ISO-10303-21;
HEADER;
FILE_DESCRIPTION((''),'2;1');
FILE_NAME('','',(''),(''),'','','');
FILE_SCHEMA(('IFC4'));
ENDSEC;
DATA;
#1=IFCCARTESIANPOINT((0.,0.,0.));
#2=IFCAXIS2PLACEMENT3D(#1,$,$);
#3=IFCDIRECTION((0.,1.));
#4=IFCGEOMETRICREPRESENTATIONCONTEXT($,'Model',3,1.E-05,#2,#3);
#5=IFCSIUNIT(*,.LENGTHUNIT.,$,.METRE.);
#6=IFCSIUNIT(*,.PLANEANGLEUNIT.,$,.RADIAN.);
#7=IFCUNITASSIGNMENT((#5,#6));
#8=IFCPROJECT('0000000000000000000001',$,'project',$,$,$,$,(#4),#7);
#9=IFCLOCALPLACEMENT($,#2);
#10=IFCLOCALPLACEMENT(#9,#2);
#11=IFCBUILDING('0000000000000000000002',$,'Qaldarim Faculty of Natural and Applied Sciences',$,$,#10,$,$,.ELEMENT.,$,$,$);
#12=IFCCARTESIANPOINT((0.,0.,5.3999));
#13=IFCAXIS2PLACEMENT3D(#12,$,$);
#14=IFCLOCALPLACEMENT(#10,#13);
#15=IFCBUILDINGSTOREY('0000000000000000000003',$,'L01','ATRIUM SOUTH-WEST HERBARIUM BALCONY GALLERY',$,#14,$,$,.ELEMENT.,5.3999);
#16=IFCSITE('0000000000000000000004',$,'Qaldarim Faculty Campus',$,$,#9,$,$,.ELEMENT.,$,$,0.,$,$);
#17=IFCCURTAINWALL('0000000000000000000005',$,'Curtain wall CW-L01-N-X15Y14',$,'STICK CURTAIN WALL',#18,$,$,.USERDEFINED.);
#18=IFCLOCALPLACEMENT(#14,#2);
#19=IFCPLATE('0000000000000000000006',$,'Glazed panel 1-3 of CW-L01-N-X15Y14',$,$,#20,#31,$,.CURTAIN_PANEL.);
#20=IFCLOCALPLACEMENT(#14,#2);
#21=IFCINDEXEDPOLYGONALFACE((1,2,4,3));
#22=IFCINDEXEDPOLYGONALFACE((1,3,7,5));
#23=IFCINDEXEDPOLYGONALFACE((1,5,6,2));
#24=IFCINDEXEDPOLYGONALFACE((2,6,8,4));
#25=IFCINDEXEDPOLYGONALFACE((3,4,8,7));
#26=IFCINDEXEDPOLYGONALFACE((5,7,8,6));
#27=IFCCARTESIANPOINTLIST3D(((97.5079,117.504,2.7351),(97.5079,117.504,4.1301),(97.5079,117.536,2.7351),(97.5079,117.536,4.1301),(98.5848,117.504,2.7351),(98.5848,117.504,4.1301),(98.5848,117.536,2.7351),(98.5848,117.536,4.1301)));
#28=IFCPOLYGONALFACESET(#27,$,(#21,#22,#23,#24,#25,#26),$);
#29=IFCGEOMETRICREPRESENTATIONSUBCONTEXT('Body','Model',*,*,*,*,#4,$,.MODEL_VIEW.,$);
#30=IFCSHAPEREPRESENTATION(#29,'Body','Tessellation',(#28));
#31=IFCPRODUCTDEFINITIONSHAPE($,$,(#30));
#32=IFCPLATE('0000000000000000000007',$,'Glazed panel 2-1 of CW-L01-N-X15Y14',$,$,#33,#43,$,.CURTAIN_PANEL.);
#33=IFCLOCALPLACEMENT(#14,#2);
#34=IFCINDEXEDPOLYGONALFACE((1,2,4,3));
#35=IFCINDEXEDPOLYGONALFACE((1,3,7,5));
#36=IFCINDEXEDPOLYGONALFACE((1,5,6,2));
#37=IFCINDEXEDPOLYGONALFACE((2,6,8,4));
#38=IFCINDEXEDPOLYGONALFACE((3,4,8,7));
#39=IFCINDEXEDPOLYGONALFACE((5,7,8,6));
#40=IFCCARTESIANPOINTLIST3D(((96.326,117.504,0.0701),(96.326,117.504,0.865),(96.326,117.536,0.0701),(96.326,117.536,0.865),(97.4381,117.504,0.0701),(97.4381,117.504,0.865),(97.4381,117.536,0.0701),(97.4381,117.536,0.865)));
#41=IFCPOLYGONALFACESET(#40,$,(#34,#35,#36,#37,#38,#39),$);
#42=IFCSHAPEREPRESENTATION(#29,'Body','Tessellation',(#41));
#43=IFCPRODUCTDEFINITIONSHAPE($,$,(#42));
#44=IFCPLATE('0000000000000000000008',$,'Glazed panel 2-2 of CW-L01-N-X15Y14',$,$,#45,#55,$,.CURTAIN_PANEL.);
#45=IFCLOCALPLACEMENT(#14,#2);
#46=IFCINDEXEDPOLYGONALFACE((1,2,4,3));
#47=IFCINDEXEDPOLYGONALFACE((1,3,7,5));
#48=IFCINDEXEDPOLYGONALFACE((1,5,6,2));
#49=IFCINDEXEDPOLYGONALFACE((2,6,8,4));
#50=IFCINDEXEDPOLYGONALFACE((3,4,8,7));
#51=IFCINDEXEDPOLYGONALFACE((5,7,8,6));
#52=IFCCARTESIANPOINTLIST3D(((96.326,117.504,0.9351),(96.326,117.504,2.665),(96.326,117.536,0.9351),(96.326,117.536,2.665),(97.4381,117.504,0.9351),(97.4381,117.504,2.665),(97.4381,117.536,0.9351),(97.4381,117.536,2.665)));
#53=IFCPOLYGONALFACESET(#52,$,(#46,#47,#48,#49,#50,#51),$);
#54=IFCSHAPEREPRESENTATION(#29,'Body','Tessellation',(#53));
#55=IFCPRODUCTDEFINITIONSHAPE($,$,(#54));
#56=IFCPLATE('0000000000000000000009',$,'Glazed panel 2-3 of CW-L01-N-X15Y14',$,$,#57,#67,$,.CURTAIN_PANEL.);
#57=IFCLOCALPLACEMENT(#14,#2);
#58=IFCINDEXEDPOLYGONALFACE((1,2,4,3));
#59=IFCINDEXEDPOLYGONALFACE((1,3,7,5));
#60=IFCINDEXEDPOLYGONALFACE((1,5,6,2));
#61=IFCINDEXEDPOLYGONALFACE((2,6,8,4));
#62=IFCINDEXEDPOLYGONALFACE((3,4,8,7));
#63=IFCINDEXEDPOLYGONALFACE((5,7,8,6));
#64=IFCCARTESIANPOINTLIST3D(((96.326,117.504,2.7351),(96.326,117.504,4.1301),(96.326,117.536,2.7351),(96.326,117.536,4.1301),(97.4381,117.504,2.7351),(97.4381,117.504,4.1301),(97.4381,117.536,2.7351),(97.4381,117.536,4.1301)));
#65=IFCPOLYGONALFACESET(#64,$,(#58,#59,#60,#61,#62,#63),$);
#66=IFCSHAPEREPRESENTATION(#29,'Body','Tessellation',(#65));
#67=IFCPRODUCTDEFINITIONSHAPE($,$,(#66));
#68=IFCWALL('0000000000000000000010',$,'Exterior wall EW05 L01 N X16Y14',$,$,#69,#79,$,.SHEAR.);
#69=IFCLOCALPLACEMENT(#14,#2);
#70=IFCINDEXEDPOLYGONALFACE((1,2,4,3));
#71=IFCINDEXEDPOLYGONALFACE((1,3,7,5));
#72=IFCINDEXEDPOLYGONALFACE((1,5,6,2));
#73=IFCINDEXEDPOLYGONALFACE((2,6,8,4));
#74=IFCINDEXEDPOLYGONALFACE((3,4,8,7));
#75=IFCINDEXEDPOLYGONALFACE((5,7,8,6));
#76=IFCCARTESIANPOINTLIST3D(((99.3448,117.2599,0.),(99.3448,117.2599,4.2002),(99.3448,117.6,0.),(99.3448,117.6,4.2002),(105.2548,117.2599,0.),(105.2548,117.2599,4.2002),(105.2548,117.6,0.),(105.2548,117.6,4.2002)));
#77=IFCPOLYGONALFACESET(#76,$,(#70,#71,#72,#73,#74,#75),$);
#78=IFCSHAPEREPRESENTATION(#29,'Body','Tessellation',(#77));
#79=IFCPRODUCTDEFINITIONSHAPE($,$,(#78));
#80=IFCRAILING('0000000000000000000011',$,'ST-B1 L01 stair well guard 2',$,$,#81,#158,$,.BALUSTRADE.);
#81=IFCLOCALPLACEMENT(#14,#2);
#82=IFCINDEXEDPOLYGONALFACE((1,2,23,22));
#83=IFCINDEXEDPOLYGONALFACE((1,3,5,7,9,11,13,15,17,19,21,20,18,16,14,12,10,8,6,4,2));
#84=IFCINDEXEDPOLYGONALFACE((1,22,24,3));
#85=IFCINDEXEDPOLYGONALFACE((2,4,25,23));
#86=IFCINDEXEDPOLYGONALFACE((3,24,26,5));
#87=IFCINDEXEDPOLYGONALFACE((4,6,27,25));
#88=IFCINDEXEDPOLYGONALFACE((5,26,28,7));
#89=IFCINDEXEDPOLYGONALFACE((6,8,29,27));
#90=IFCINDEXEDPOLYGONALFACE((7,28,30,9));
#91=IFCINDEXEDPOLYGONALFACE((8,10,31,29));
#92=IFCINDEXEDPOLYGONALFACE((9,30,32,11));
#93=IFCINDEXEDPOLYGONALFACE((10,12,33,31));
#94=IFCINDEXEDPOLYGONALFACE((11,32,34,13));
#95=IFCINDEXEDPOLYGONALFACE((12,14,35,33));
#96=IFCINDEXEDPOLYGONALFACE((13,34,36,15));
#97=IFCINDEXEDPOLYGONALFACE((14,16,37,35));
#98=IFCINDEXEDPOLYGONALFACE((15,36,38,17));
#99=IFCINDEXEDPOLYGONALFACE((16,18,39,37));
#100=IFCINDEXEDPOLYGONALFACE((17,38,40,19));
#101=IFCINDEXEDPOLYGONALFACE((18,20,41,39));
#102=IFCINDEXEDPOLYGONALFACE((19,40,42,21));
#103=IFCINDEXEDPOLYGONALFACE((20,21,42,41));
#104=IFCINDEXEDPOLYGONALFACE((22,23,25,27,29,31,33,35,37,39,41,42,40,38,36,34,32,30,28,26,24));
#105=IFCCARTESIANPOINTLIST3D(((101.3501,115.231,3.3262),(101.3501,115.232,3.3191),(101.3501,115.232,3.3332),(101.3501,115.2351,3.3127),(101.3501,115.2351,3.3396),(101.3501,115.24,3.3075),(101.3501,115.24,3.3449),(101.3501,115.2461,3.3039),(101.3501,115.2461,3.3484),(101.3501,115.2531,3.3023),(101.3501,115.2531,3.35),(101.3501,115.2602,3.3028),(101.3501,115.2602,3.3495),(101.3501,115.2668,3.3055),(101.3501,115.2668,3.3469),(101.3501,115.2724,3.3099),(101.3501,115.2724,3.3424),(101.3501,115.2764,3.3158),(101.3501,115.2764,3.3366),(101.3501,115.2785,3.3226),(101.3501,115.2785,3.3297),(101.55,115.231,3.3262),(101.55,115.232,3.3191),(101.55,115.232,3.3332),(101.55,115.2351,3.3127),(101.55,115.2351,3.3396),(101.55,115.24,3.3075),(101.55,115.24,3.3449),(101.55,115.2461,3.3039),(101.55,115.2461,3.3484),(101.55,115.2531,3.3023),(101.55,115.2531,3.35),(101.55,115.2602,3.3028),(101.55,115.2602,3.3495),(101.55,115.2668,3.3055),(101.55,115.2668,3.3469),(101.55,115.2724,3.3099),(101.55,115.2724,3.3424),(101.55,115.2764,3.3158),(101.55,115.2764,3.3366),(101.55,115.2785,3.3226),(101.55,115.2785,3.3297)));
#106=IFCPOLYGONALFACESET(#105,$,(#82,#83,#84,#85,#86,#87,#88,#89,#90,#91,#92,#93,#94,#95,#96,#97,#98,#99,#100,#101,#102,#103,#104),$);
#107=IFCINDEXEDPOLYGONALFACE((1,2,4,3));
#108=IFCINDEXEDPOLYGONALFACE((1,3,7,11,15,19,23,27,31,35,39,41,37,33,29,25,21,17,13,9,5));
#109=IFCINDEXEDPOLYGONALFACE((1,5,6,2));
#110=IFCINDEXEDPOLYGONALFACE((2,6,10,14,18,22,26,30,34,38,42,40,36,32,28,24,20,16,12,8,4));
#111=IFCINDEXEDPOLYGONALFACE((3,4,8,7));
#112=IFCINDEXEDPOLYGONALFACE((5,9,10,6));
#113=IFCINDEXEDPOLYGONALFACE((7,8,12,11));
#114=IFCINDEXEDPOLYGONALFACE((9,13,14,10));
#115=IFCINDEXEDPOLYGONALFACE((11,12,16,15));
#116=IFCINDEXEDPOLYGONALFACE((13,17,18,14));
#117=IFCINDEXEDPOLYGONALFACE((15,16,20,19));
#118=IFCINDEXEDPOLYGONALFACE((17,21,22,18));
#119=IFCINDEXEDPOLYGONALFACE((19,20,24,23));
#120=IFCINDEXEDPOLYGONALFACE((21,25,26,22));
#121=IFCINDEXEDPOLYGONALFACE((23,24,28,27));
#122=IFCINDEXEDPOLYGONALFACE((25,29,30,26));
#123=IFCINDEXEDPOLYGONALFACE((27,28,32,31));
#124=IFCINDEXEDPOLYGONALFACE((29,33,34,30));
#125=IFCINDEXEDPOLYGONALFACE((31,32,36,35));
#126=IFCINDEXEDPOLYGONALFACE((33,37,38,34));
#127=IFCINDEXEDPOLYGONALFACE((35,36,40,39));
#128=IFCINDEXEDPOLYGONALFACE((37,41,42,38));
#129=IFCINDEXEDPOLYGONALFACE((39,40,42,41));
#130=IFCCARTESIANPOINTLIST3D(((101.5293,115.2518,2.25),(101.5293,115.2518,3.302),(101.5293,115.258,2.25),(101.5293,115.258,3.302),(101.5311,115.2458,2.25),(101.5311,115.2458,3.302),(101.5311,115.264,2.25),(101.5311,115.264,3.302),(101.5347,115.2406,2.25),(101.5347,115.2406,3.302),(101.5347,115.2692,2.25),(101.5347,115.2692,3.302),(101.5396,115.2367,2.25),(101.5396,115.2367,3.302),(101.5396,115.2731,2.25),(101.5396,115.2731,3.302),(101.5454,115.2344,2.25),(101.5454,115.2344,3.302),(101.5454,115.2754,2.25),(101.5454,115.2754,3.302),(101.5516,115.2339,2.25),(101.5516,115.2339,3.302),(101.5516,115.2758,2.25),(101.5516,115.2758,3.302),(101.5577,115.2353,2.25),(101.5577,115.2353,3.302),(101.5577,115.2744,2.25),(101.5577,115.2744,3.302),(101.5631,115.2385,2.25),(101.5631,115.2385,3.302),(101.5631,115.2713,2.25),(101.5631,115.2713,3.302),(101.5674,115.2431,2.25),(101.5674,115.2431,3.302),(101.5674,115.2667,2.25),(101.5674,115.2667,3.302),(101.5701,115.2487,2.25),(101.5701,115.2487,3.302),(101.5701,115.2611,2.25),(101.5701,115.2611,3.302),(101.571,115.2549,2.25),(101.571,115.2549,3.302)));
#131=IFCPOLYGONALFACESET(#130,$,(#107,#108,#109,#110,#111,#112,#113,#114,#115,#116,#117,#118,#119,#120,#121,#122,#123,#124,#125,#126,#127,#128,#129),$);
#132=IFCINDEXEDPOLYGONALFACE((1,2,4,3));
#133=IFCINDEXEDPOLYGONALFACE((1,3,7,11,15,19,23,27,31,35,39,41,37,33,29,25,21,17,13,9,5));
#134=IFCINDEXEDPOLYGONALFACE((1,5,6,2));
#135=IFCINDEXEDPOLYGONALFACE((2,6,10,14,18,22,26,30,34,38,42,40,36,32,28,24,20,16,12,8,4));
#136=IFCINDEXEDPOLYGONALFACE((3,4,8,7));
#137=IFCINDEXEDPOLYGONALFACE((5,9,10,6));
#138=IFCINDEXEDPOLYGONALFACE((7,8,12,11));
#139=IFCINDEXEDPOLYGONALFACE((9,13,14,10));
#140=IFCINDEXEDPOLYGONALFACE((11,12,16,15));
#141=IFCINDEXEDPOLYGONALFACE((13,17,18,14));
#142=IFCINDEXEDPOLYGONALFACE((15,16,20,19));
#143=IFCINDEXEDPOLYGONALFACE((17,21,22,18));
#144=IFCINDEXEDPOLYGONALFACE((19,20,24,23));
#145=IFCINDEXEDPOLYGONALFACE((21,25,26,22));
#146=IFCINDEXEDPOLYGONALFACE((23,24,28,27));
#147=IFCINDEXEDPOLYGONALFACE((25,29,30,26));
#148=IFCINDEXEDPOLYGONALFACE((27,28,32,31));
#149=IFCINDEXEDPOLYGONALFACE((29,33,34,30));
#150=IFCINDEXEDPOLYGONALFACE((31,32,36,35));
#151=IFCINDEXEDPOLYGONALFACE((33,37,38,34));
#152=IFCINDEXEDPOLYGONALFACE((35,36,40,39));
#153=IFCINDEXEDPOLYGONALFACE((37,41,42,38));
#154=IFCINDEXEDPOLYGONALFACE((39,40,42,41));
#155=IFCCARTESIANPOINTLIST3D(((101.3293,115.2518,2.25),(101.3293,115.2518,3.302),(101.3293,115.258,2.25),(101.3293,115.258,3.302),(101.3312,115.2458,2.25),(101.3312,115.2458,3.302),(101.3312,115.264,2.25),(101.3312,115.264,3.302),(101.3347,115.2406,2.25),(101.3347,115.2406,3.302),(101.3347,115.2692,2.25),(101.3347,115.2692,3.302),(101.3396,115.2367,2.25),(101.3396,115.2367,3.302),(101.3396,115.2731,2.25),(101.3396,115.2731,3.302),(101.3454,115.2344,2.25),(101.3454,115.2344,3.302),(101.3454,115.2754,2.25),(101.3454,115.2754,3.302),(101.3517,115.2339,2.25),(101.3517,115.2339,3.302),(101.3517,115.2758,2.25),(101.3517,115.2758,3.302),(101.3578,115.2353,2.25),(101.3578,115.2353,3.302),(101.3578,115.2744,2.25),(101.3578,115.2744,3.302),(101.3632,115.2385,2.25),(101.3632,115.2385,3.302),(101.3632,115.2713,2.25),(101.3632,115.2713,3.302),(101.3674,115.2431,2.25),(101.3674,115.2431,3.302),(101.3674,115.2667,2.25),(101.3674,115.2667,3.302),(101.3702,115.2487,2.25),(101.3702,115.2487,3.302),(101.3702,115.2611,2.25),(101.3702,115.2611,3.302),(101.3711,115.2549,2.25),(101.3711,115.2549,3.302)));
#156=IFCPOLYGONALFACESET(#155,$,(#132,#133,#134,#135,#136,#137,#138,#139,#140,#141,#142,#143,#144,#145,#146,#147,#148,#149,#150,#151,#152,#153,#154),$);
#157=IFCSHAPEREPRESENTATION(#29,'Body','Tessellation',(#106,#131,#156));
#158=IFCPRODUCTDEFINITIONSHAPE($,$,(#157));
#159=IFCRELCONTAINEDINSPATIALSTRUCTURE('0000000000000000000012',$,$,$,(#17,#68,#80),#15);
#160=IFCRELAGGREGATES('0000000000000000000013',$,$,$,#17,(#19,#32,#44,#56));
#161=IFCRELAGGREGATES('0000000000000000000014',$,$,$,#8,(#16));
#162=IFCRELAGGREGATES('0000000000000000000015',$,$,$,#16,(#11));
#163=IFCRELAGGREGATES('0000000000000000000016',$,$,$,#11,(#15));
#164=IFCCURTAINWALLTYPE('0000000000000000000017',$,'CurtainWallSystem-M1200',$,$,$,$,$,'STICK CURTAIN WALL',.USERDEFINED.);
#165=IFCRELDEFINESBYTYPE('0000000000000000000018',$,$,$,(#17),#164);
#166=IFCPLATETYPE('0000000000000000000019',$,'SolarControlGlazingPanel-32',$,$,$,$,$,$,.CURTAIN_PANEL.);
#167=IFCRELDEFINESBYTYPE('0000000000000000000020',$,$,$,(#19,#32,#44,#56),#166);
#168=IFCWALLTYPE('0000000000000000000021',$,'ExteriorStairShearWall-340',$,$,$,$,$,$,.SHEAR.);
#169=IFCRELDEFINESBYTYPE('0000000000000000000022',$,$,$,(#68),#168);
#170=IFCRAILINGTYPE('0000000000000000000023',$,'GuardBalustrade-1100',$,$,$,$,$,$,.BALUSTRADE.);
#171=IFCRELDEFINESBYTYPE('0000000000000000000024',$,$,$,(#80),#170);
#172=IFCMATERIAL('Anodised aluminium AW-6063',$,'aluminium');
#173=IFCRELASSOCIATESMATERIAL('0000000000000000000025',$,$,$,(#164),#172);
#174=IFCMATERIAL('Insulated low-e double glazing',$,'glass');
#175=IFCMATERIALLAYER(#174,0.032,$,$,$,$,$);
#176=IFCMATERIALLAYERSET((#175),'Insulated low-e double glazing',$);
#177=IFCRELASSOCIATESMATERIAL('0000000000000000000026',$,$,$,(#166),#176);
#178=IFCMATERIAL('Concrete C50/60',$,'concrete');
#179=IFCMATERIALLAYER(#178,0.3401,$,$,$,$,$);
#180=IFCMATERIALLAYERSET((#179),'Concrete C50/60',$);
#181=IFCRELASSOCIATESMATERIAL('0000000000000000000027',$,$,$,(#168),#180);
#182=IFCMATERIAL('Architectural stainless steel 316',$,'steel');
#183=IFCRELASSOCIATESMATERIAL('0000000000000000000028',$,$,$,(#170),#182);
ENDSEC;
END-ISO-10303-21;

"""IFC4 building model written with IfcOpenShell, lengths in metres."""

from ifc_helpers import new_model, si_unit, direction, frame, frame_2d, origin, origin_2d, place, context, subcontext, project, spatial, rectangle, circle, extrude, material, layer, layer_set, type_object, element, aggregate, save


model = new_model("IFC4")

# Units and contexts
model_context = context("Model", 3, precision=1e-05, world=origin(), true_north=direction((0.0, 1.0)))
body_context = subcontext(model_context, "Body", "Model", "MODEL_VIEW")
ifc_project = project(units=[si_unit("LENGTHUNIT", "METRE"), si_unit("PLANEANGLEUNIT", "RADIAN")], contexts=[model_context])

# Site, building, storey
site_placement = place(None, origin())
site = spatial("IfcSite", under=ifc_project, at=site_placement, Name="Qaldarim Faculty Campus", CompositionType="ELEMENT", RefElevation=0.0)
building_placement = place(site_placement, origin())
building = spatial("IfcBuilding", under=site, at=building_placement, Name="Qaldarim Faculty of Natural and Applied Sciences", CompositionType="ELEMENT")
storey_placement = place(building_placement, frame((0.0, 0.0, 5.3999)))
storey = spatial("IfcBuildingStorey", under=building, at=storey_placement, Name="L01", Description="ATRIUM SOUTH-WEST HERBARIUM BALCONY GALLERY", CompositionType="ELEMENT", Elevation=5.3999)

# Shared definitions
ifc_material_1 = material(Name="Concrete C50/60", Category="concrete")

# Curtain wall, plates
ifc_material_2 = material(Name="Anodised aluminium AW-6063", Category="aluminium")
curtain_wall_type = type_object("IfcCurtainWallType", Name="CurtainWallSystem-M1200", ElementType="STICK CURTAIN WALL", PredefinedType="USERDEFINED", material=ifc_material_2)
curtain_wall_placement = place(storey_placement, origin())
curtain_wall = element("IfcCurtainWall", 1, at=curtain_wall_placement, inside=storey, type_object=curtain_wall_type, Name="Curtain wall CW-L01-N-X15Y14", ObjectType="STICK CURTAIN WALL", PredefinedType="USERDEFINED")
ifc_material_3 = material(Name="Insulated low-e double glazing", Category="glass")
ifc_layer_1 = layer(ifc_material_3, 0.032)
ifc_layer_set_1 = layer_set([ifc_layer_1], Name="Insulated low-e double glazing")
plate_type = type_object("IfcPlateType", Name="SolarControlGlazingPanel-32", PredefinedType="CURTAIN_PANEL", material=ifc_layer_set_1)
plate_1_placement = place(storey_placement, frame((98.0464, 117.52, 2.7351), z_axis=(0.0, 0.0, 1.0), x_axis=(-1.0, 0.0, 0.0)))
plate_1 = element("IfcPlate", 2, at=plate_1_placement, type_object=plate_type, Name="Glazed panel 1-3 of CW-L01-N-X15Y14", PredefinedType="CURTAIN_PANEL", context=body_context, shape_type="SweptSolid", body=[
    extrude(rectangle(XDim=1.0769, YDim=0.032, at=origin_2d()), origin(), (0.0, 0.0, 1.0), 1.395),
])
plate_2_placement = place(storey_placement, frame((96.8821, 117.52, 0.0701), z_axis=(0.0, 0.0, 1.0), x_axis=(-1.0, 0.0, 0.0)))
plate_2 = element("IfcPlate", 3, at=plate_2_placement, type_object=plate_type, Name="Glazed panel 2-1 of CW-L01-N-X15Y14", PredefinedType="CURTAIN_PANEL", context=body_context, shape_type="SweptSolid", body=[
    extrude(rectangle(XDim=1.1121, YDim=0.032, at=origin_2d()), origin(), (0.0, 0.0, 1.0), 0.7949),
])
plate_3_placement = place(storey_placement, frame((96.8821, 117.52, 0.9351), z_axis=(0.0, 0.0, 1.0), x_axis=(-1.0, 0.0, 0.0)))
plate_3 = element("IfcPlate", 4, at=plate_3_placement, type_object=plate_type, Name="Glazed panel 2-2 of CW-L01-N-X15Y14", PredefinedType="CURTAIN_PANEL", context=body_context, shape_type="SweptSolid", body=[
    extrude(rectangle(XDim=1.1121, YDim=0.032, at=origin_2d()), origin(), (0.0, 0.0, 1.0), 1.73),
])
plate_4_placement = place(storey_placement, frame((96.8821, 117.52, 2.7351), z_axis=(0.0, 0.0, 1.0), x_axis=(-1.0, 0.0, 0.0)))
plate_4 = element("IfcPlate", 5, at=plate_4_placement, type_object=plate_type, Name="Glazed panel 2-3 of CW-L01-N-X15Y14", PredefinedType="CURTAIN_PANEL", context=body_context, shape_type="SweptSolid", body=[
    extrude(rectangle(XDim=1.1121, YDim=0.032, at=origin_2d()), origin(), (0.0, 0.0, 1.0), 1.395),
])
aggregate(curtain_wall, [plate_1, plate_2, plate_3, plate_4])

# Wall
ifc_layer_2 = layer(ifc_material_1, 0.3401)
ifc_layer_set_2 = layer_set([ifc_layer_2], Name="Concrete C50/60")
wall_type = type_object("IfcWallType", Name="ExteriorStairShearWall-340", PredefinedType="SHEAR", material=ifc_layer_set_2)
wall_placement = place(storey_placement, frame((105.2549, 117.4299, 0.0), z_axis=(0.0, 0.0, 1.0), x_axis=(-1.0, 0.0, 0.0)))
element("IfcWall", 6, at=wall_placement, inside=storey, type_object=wall_type, Name="Exterior wall EW05 L01 N X16Y14", PredefinedType="SHEAR", context=body_context, shape_type="SweptSolid", body=[
    extrude(rectangle(XDim=5.9099, YDim=0.3401, at=frame_2d((2.9551, 0.0))), origin(), (0.0, 0.0, 1.0), 4.2002),
])

# Railing
ifc_material_4 = material(Name="Architectural stainless steel 316", Category="steel")
railing_type = type_object("IfcRailingType", Name="GuardBalustrade-1100", PredefinedType="BALUSTRADE", material=ifc_material_4)
railing_1_placement = place(storey_placement, frame((101.55, 115.2549, 2.25)))
element("IfcRailing", 7, at=railing_1_placement, inside=storey, type_object=railing_type, Name="ST-B1 L01 stair well guard 2", PredefinedType="BALUSTRADE", context=body_context, shape_type="SweptSolid", body=[
    extrude(circle(Radius=0.0239, at=origin_2d()), frame((0.0, 0.0, 1.0762), z_axis=(-1.0, 0.0, 0.0), x_axis=(0.0, -1.0, 0.0)), (0.0, 0.0, 1.0), 0.2),
    extrude(circle(Radius=0.021, at=origin_2d()), origin(), (0.0, 0.0, 1.0), 1.052),
    extrude(circle(Radius=0.021, at=origin_2d()), frame((-0.2, 0.0, 0.0)), (0.0, 0.0, 1.0), 1.052),
])

save(model, "model.ifc")
